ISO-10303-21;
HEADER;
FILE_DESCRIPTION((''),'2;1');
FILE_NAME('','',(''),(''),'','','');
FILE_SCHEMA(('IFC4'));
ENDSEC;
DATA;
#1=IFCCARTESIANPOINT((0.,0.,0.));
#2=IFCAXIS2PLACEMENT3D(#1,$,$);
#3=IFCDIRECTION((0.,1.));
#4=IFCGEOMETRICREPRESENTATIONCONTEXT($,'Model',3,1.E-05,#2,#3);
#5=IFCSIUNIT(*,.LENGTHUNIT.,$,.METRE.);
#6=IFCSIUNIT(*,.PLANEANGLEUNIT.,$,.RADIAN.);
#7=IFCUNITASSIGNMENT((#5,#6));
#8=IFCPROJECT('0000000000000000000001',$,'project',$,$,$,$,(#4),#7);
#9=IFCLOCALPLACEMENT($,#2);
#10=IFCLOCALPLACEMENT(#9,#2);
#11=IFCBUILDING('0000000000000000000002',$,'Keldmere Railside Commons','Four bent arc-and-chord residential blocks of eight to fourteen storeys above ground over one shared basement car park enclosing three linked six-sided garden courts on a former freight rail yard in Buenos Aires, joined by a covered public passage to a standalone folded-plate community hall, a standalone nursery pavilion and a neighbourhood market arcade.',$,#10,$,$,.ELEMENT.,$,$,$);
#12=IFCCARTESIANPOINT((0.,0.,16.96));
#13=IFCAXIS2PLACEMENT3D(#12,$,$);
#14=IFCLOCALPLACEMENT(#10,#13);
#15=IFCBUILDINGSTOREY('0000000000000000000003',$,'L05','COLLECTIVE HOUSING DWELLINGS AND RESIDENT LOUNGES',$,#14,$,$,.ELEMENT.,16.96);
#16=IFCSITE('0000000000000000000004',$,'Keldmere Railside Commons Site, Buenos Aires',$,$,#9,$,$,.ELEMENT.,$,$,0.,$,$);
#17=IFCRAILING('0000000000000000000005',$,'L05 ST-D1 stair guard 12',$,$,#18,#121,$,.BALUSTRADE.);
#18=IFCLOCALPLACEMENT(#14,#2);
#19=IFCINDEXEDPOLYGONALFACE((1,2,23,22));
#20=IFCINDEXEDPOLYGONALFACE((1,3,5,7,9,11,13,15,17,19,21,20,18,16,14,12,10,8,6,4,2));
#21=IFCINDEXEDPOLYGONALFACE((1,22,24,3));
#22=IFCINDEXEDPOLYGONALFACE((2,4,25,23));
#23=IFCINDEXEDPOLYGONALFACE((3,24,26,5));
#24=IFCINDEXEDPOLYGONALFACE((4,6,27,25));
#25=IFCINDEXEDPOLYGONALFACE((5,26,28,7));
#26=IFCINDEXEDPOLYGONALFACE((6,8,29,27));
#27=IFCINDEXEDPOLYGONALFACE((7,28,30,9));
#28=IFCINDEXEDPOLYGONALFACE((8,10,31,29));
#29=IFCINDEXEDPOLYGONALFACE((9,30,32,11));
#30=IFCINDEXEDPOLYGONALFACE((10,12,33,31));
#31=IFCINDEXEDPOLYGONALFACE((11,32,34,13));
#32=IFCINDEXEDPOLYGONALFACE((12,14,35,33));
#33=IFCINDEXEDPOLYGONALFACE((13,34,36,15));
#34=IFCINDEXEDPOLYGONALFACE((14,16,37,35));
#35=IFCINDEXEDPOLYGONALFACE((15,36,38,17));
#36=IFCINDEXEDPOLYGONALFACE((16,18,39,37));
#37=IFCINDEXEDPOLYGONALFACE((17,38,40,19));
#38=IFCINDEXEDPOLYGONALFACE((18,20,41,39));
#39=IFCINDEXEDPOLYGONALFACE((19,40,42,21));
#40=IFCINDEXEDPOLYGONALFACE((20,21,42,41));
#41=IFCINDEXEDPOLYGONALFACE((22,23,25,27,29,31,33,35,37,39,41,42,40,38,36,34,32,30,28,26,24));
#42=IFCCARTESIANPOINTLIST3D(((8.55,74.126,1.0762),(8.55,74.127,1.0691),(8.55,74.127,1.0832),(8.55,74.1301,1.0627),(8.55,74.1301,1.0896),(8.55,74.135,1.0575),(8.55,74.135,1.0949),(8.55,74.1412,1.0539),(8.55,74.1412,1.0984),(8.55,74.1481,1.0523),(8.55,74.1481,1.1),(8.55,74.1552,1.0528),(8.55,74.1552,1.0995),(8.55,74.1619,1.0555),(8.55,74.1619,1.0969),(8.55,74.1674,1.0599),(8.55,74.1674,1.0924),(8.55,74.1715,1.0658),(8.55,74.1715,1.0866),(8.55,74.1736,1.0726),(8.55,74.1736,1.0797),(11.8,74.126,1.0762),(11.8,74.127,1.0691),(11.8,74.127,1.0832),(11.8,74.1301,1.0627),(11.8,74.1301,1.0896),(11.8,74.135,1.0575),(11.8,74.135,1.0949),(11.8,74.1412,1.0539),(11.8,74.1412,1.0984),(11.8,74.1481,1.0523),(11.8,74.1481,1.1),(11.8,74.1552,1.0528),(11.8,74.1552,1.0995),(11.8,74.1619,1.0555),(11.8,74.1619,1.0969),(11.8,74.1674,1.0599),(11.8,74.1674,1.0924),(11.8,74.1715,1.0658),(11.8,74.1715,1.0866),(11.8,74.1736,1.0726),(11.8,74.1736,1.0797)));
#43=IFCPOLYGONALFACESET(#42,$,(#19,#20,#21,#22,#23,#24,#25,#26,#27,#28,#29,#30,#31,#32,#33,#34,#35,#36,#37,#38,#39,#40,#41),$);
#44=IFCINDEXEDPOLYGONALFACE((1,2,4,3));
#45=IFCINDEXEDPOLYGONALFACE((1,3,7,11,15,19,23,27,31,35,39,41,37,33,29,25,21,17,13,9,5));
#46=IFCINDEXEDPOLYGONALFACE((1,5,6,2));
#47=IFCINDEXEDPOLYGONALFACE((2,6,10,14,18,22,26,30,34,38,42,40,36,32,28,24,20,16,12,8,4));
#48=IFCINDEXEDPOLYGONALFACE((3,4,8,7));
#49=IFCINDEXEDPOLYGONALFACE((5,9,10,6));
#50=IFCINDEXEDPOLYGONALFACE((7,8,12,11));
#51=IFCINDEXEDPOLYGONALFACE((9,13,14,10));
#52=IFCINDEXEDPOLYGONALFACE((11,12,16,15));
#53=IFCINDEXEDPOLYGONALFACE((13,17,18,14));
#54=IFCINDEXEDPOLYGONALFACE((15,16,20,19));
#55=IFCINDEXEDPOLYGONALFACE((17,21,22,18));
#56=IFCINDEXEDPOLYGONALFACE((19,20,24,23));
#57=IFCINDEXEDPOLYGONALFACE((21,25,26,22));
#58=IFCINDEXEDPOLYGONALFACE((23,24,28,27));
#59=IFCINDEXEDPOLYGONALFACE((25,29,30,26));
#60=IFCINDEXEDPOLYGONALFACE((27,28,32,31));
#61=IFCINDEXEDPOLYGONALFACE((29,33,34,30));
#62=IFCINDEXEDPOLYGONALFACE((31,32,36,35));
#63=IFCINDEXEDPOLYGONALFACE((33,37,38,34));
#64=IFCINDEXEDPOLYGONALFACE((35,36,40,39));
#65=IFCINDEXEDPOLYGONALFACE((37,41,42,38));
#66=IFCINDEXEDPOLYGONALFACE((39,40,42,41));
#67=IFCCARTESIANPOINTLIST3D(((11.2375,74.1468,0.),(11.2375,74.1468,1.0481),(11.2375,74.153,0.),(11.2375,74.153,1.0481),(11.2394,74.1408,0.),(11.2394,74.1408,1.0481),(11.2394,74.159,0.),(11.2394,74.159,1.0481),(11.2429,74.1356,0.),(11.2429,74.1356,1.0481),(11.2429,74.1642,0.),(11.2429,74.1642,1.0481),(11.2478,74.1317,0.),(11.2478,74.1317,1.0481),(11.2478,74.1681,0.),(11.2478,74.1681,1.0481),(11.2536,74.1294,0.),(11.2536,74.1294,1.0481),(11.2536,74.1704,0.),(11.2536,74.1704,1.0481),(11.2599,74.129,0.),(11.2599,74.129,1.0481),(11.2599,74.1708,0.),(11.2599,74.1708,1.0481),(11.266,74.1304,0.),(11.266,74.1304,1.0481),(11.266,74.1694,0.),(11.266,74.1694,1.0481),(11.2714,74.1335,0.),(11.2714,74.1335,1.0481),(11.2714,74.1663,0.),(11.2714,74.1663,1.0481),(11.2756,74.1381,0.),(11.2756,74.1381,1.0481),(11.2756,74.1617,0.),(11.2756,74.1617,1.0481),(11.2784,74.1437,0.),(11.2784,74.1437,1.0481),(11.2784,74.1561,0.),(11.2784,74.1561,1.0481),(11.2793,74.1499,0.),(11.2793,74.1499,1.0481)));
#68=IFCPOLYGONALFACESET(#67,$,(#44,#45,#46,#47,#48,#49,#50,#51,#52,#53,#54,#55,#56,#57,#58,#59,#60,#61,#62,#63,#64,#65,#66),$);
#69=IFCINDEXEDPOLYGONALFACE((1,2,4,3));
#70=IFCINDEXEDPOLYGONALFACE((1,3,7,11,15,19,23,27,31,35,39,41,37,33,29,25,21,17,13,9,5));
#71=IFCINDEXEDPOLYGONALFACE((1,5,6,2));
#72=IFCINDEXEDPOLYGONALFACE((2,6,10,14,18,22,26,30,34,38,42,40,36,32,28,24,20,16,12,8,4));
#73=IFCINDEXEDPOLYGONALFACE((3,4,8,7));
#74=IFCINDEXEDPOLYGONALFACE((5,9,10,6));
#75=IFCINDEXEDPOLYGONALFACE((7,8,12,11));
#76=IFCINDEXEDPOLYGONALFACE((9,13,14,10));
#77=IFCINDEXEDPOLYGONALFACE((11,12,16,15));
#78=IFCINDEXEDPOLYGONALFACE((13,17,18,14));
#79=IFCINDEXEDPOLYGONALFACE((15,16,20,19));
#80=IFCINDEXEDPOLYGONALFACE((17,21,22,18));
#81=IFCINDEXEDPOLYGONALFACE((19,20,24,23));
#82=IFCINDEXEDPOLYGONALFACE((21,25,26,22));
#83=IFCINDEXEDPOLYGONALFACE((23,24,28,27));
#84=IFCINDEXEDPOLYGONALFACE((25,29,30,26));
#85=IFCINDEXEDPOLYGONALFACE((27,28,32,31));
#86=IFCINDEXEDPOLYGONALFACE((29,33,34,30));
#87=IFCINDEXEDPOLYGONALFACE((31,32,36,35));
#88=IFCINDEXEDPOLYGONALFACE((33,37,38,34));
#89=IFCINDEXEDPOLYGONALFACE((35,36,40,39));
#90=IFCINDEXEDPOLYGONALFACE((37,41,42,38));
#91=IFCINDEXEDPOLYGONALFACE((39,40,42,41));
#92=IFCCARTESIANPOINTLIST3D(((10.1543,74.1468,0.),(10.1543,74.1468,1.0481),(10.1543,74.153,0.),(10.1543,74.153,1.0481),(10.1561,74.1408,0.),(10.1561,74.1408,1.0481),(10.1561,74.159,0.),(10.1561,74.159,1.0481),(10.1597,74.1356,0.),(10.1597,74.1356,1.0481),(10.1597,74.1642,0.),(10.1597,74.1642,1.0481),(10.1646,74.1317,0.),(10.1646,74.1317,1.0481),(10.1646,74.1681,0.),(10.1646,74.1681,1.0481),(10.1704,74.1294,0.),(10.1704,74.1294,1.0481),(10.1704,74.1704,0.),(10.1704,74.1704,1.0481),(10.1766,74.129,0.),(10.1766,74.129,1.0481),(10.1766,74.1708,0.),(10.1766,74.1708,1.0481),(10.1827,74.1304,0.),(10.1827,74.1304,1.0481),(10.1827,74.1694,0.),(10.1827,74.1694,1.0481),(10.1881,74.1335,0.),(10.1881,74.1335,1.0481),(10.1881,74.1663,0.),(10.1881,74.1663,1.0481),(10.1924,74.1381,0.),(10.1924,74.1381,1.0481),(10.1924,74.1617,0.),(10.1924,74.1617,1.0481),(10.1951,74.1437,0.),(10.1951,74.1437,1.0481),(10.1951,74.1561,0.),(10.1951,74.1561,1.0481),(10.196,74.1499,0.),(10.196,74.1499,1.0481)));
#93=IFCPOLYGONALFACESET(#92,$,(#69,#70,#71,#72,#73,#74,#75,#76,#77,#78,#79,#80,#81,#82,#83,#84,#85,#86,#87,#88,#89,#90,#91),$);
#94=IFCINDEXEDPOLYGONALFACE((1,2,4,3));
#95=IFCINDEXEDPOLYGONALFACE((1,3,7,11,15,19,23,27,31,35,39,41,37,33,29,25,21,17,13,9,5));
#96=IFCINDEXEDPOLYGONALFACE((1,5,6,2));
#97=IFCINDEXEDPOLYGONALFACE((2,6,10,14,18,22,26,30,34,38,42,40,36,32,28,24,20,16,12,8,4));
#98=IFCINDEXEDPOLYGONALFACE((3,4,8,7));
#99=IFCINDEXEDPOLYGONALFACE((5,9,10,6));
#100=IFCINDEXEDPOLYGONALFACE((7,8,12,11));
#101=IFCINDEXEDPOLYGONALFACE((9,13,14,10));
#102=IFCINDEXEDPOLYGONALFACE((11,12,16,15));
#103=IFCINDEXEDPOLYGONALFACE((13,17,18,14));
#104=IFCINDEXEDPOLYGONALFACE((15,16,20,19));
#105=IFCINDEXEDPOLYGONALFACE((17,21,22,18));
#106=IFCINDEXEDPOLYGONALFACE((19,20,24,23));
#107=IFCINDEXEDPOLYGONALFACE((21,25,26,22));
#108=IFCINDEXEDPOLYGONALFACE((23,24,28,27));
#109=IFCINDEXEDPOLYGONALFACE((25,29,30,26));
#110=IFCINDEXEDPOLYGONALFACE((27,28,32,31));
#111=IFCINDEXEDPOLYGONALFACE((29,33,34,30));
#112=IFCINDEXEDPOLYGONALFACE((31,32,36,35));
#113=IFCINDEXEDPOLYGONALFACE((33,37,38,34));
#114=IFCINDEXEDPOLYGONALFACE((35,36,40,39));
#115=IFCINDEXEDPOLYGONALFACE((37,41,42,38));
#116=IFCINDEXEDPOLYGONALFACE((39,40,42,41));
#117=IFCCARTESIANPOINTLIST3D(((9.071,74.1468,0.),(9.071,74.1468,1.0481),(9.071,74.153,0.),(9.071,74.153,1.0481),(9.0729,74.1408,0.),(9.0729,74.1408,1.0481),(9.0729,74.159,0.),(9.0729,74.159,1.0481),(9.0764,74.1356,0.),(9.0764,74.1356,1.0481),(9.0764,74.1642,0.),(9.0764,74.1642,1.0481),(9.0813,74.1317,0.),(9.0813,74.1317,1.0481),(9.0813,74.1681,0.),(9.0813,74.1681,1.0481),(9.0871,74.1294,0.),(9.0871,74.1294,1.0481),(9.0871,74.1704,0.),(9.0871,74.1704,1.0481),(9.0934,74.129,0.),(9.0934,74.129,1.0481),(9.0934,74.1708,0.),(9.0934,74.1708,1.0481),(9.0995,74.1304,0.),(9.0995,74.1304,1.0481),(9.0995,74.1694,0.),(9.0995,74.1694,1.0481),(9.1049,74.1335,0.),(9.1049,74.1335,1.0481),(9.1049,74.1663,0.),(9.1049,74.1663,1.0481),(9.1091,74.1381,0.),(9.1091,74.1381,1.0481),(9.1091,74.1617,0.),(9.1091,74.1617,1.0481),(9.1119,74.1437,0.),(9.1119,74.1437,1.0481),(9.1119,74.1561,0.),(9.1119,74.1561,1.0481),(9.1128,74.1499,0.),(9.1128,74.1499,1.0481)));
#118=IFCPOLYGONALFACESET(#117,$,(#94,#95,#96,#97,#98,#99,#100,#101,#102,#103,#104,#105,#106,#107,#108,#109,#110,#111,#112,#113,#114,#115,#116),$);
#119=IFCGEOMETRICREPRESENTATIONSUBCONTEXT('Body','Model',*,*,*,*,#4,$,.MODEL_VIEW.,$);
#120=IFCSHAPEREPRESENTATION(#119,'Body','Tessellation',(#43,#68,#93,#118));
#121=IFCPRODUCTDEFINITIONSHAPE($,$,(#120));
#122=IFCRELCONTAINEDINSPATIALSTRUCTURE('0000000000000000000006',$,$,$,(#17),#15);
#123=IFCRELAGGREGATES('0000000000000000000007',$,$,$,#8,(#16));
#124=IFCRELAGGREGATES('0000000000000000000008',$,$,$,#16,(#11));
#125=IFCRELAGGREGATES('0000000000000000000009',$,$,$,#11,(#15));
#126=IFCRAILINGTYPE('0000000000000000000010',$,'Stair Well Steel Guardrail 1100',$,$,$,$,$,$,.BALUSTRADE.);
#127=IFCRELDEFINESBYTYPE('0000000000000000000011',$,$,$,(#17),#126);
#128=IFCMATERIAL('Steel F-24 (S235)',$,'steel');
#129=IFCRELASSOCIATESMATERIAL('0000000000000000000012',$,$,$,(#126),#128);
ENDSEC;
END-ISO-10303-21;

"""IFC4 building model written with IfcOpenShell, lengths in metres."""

from ifc_helpers import new_model, si_unit, direction, frame, origin, origin_2d, place, context, subcontext, project, spatial, circle, extrude, material, type_object, element, save


model = new_model("IFC4")

# Units and contexts
model_context = context("Model", 3, precision=1e-05, world=origin(), true_north=direction((0.0, 1.0)))
body_context = subcontext(model_context, "Body", "Model", "MODEL_VIEW")
ifc_project = project(units=[si_unit("LENGTHUNIT", "METRE"), si_unit("PLANEANGLEUNIT", "RADIAN")], contexts=[model_context])

# Site, building, storey
site_placement = place(None, origin())
site = spatial("IfcSite", under=ifc_project, at=site_placement, Name="Keldmere Railside Commons Site, Buenos Aires", CompositionType="ELEMENT", RefElevation=0.0)
building_placement = place(site_placement, origin())
building = spatial("IfcBuilding", under=site, at=building_placement, Name="Keldmere Railside Commons", Description="Four bent arc-and-chord residential blocks of eight to fourteen storeys above ground over one shared basement car park enclosing three linked six-sided garden courts on a former freight rail yard in Buenos Aires, joined by a covered public passage to a standalone folded-plate community hall, a standalone nursery pavilion and a neighbourhood market arcade.", CompositionType="ELEMENT")
storey_placement = place(building_placement, frame((0.0, 0.0, 16.96)))
storey = spatial("IfcBuildingStorey", under=building, at=storey_placement, Name="L05", Description="COLLECTIVE HOUSING DWELLINGS AND RESIDENT LOUNGES", CompositionType="ELEMENT", Elevation=16.96)

# Shared definitions
ifc_material_1 = material(Name="Steel F-24 (S235)", Category="steel")

# Railing
railing_type_1 = type_object("IfcRailingType", Name="Stair Well Steel Guardrail 1100", PredefinedType="BALUSTRADE", material=ifc_material_1)
railing_1_placement = place(storey_placement, frame((11.8, 74.1499, 0.0)))
element("IfcRailing", 1, at=railing_1_placement, inside=storey, type_object=railing_type_1, Name="L05 ST-D1 stair guard 12", PredefinedType="BALUSTRADE", context=body_context, shape_type="SweptSolid", body=[
    extrude(circle(Radius=0.0239, at=origin_2d()), frame((0.0, 0.0, 1.0762), z_axis=(-1.0, 0.0, 0.0), x_axis=(0.0, -1.0, 0.0)), (0.0, 0.0, 1.0), 3.25),
    extrude(circle(Radius=0.021, at=origin_2d()), frame((-0.5417, 0.0, 0.0)), (0.0, 0.0, 1.0), 1.0481),
    extrude(circle(Radius=0.021, at=origin_2d()), frame((-1.625, 0.0, 0.0)), (0.0, 0.0, 1.0), 1.0481),
    extrude(circle(Radius=0.021, at=origin_2d()), frame((-2.7083, 0.0, 0.0)), (0.0, 0.0, 1.0), 1.0481),
])

save(model, "model.ifc")
